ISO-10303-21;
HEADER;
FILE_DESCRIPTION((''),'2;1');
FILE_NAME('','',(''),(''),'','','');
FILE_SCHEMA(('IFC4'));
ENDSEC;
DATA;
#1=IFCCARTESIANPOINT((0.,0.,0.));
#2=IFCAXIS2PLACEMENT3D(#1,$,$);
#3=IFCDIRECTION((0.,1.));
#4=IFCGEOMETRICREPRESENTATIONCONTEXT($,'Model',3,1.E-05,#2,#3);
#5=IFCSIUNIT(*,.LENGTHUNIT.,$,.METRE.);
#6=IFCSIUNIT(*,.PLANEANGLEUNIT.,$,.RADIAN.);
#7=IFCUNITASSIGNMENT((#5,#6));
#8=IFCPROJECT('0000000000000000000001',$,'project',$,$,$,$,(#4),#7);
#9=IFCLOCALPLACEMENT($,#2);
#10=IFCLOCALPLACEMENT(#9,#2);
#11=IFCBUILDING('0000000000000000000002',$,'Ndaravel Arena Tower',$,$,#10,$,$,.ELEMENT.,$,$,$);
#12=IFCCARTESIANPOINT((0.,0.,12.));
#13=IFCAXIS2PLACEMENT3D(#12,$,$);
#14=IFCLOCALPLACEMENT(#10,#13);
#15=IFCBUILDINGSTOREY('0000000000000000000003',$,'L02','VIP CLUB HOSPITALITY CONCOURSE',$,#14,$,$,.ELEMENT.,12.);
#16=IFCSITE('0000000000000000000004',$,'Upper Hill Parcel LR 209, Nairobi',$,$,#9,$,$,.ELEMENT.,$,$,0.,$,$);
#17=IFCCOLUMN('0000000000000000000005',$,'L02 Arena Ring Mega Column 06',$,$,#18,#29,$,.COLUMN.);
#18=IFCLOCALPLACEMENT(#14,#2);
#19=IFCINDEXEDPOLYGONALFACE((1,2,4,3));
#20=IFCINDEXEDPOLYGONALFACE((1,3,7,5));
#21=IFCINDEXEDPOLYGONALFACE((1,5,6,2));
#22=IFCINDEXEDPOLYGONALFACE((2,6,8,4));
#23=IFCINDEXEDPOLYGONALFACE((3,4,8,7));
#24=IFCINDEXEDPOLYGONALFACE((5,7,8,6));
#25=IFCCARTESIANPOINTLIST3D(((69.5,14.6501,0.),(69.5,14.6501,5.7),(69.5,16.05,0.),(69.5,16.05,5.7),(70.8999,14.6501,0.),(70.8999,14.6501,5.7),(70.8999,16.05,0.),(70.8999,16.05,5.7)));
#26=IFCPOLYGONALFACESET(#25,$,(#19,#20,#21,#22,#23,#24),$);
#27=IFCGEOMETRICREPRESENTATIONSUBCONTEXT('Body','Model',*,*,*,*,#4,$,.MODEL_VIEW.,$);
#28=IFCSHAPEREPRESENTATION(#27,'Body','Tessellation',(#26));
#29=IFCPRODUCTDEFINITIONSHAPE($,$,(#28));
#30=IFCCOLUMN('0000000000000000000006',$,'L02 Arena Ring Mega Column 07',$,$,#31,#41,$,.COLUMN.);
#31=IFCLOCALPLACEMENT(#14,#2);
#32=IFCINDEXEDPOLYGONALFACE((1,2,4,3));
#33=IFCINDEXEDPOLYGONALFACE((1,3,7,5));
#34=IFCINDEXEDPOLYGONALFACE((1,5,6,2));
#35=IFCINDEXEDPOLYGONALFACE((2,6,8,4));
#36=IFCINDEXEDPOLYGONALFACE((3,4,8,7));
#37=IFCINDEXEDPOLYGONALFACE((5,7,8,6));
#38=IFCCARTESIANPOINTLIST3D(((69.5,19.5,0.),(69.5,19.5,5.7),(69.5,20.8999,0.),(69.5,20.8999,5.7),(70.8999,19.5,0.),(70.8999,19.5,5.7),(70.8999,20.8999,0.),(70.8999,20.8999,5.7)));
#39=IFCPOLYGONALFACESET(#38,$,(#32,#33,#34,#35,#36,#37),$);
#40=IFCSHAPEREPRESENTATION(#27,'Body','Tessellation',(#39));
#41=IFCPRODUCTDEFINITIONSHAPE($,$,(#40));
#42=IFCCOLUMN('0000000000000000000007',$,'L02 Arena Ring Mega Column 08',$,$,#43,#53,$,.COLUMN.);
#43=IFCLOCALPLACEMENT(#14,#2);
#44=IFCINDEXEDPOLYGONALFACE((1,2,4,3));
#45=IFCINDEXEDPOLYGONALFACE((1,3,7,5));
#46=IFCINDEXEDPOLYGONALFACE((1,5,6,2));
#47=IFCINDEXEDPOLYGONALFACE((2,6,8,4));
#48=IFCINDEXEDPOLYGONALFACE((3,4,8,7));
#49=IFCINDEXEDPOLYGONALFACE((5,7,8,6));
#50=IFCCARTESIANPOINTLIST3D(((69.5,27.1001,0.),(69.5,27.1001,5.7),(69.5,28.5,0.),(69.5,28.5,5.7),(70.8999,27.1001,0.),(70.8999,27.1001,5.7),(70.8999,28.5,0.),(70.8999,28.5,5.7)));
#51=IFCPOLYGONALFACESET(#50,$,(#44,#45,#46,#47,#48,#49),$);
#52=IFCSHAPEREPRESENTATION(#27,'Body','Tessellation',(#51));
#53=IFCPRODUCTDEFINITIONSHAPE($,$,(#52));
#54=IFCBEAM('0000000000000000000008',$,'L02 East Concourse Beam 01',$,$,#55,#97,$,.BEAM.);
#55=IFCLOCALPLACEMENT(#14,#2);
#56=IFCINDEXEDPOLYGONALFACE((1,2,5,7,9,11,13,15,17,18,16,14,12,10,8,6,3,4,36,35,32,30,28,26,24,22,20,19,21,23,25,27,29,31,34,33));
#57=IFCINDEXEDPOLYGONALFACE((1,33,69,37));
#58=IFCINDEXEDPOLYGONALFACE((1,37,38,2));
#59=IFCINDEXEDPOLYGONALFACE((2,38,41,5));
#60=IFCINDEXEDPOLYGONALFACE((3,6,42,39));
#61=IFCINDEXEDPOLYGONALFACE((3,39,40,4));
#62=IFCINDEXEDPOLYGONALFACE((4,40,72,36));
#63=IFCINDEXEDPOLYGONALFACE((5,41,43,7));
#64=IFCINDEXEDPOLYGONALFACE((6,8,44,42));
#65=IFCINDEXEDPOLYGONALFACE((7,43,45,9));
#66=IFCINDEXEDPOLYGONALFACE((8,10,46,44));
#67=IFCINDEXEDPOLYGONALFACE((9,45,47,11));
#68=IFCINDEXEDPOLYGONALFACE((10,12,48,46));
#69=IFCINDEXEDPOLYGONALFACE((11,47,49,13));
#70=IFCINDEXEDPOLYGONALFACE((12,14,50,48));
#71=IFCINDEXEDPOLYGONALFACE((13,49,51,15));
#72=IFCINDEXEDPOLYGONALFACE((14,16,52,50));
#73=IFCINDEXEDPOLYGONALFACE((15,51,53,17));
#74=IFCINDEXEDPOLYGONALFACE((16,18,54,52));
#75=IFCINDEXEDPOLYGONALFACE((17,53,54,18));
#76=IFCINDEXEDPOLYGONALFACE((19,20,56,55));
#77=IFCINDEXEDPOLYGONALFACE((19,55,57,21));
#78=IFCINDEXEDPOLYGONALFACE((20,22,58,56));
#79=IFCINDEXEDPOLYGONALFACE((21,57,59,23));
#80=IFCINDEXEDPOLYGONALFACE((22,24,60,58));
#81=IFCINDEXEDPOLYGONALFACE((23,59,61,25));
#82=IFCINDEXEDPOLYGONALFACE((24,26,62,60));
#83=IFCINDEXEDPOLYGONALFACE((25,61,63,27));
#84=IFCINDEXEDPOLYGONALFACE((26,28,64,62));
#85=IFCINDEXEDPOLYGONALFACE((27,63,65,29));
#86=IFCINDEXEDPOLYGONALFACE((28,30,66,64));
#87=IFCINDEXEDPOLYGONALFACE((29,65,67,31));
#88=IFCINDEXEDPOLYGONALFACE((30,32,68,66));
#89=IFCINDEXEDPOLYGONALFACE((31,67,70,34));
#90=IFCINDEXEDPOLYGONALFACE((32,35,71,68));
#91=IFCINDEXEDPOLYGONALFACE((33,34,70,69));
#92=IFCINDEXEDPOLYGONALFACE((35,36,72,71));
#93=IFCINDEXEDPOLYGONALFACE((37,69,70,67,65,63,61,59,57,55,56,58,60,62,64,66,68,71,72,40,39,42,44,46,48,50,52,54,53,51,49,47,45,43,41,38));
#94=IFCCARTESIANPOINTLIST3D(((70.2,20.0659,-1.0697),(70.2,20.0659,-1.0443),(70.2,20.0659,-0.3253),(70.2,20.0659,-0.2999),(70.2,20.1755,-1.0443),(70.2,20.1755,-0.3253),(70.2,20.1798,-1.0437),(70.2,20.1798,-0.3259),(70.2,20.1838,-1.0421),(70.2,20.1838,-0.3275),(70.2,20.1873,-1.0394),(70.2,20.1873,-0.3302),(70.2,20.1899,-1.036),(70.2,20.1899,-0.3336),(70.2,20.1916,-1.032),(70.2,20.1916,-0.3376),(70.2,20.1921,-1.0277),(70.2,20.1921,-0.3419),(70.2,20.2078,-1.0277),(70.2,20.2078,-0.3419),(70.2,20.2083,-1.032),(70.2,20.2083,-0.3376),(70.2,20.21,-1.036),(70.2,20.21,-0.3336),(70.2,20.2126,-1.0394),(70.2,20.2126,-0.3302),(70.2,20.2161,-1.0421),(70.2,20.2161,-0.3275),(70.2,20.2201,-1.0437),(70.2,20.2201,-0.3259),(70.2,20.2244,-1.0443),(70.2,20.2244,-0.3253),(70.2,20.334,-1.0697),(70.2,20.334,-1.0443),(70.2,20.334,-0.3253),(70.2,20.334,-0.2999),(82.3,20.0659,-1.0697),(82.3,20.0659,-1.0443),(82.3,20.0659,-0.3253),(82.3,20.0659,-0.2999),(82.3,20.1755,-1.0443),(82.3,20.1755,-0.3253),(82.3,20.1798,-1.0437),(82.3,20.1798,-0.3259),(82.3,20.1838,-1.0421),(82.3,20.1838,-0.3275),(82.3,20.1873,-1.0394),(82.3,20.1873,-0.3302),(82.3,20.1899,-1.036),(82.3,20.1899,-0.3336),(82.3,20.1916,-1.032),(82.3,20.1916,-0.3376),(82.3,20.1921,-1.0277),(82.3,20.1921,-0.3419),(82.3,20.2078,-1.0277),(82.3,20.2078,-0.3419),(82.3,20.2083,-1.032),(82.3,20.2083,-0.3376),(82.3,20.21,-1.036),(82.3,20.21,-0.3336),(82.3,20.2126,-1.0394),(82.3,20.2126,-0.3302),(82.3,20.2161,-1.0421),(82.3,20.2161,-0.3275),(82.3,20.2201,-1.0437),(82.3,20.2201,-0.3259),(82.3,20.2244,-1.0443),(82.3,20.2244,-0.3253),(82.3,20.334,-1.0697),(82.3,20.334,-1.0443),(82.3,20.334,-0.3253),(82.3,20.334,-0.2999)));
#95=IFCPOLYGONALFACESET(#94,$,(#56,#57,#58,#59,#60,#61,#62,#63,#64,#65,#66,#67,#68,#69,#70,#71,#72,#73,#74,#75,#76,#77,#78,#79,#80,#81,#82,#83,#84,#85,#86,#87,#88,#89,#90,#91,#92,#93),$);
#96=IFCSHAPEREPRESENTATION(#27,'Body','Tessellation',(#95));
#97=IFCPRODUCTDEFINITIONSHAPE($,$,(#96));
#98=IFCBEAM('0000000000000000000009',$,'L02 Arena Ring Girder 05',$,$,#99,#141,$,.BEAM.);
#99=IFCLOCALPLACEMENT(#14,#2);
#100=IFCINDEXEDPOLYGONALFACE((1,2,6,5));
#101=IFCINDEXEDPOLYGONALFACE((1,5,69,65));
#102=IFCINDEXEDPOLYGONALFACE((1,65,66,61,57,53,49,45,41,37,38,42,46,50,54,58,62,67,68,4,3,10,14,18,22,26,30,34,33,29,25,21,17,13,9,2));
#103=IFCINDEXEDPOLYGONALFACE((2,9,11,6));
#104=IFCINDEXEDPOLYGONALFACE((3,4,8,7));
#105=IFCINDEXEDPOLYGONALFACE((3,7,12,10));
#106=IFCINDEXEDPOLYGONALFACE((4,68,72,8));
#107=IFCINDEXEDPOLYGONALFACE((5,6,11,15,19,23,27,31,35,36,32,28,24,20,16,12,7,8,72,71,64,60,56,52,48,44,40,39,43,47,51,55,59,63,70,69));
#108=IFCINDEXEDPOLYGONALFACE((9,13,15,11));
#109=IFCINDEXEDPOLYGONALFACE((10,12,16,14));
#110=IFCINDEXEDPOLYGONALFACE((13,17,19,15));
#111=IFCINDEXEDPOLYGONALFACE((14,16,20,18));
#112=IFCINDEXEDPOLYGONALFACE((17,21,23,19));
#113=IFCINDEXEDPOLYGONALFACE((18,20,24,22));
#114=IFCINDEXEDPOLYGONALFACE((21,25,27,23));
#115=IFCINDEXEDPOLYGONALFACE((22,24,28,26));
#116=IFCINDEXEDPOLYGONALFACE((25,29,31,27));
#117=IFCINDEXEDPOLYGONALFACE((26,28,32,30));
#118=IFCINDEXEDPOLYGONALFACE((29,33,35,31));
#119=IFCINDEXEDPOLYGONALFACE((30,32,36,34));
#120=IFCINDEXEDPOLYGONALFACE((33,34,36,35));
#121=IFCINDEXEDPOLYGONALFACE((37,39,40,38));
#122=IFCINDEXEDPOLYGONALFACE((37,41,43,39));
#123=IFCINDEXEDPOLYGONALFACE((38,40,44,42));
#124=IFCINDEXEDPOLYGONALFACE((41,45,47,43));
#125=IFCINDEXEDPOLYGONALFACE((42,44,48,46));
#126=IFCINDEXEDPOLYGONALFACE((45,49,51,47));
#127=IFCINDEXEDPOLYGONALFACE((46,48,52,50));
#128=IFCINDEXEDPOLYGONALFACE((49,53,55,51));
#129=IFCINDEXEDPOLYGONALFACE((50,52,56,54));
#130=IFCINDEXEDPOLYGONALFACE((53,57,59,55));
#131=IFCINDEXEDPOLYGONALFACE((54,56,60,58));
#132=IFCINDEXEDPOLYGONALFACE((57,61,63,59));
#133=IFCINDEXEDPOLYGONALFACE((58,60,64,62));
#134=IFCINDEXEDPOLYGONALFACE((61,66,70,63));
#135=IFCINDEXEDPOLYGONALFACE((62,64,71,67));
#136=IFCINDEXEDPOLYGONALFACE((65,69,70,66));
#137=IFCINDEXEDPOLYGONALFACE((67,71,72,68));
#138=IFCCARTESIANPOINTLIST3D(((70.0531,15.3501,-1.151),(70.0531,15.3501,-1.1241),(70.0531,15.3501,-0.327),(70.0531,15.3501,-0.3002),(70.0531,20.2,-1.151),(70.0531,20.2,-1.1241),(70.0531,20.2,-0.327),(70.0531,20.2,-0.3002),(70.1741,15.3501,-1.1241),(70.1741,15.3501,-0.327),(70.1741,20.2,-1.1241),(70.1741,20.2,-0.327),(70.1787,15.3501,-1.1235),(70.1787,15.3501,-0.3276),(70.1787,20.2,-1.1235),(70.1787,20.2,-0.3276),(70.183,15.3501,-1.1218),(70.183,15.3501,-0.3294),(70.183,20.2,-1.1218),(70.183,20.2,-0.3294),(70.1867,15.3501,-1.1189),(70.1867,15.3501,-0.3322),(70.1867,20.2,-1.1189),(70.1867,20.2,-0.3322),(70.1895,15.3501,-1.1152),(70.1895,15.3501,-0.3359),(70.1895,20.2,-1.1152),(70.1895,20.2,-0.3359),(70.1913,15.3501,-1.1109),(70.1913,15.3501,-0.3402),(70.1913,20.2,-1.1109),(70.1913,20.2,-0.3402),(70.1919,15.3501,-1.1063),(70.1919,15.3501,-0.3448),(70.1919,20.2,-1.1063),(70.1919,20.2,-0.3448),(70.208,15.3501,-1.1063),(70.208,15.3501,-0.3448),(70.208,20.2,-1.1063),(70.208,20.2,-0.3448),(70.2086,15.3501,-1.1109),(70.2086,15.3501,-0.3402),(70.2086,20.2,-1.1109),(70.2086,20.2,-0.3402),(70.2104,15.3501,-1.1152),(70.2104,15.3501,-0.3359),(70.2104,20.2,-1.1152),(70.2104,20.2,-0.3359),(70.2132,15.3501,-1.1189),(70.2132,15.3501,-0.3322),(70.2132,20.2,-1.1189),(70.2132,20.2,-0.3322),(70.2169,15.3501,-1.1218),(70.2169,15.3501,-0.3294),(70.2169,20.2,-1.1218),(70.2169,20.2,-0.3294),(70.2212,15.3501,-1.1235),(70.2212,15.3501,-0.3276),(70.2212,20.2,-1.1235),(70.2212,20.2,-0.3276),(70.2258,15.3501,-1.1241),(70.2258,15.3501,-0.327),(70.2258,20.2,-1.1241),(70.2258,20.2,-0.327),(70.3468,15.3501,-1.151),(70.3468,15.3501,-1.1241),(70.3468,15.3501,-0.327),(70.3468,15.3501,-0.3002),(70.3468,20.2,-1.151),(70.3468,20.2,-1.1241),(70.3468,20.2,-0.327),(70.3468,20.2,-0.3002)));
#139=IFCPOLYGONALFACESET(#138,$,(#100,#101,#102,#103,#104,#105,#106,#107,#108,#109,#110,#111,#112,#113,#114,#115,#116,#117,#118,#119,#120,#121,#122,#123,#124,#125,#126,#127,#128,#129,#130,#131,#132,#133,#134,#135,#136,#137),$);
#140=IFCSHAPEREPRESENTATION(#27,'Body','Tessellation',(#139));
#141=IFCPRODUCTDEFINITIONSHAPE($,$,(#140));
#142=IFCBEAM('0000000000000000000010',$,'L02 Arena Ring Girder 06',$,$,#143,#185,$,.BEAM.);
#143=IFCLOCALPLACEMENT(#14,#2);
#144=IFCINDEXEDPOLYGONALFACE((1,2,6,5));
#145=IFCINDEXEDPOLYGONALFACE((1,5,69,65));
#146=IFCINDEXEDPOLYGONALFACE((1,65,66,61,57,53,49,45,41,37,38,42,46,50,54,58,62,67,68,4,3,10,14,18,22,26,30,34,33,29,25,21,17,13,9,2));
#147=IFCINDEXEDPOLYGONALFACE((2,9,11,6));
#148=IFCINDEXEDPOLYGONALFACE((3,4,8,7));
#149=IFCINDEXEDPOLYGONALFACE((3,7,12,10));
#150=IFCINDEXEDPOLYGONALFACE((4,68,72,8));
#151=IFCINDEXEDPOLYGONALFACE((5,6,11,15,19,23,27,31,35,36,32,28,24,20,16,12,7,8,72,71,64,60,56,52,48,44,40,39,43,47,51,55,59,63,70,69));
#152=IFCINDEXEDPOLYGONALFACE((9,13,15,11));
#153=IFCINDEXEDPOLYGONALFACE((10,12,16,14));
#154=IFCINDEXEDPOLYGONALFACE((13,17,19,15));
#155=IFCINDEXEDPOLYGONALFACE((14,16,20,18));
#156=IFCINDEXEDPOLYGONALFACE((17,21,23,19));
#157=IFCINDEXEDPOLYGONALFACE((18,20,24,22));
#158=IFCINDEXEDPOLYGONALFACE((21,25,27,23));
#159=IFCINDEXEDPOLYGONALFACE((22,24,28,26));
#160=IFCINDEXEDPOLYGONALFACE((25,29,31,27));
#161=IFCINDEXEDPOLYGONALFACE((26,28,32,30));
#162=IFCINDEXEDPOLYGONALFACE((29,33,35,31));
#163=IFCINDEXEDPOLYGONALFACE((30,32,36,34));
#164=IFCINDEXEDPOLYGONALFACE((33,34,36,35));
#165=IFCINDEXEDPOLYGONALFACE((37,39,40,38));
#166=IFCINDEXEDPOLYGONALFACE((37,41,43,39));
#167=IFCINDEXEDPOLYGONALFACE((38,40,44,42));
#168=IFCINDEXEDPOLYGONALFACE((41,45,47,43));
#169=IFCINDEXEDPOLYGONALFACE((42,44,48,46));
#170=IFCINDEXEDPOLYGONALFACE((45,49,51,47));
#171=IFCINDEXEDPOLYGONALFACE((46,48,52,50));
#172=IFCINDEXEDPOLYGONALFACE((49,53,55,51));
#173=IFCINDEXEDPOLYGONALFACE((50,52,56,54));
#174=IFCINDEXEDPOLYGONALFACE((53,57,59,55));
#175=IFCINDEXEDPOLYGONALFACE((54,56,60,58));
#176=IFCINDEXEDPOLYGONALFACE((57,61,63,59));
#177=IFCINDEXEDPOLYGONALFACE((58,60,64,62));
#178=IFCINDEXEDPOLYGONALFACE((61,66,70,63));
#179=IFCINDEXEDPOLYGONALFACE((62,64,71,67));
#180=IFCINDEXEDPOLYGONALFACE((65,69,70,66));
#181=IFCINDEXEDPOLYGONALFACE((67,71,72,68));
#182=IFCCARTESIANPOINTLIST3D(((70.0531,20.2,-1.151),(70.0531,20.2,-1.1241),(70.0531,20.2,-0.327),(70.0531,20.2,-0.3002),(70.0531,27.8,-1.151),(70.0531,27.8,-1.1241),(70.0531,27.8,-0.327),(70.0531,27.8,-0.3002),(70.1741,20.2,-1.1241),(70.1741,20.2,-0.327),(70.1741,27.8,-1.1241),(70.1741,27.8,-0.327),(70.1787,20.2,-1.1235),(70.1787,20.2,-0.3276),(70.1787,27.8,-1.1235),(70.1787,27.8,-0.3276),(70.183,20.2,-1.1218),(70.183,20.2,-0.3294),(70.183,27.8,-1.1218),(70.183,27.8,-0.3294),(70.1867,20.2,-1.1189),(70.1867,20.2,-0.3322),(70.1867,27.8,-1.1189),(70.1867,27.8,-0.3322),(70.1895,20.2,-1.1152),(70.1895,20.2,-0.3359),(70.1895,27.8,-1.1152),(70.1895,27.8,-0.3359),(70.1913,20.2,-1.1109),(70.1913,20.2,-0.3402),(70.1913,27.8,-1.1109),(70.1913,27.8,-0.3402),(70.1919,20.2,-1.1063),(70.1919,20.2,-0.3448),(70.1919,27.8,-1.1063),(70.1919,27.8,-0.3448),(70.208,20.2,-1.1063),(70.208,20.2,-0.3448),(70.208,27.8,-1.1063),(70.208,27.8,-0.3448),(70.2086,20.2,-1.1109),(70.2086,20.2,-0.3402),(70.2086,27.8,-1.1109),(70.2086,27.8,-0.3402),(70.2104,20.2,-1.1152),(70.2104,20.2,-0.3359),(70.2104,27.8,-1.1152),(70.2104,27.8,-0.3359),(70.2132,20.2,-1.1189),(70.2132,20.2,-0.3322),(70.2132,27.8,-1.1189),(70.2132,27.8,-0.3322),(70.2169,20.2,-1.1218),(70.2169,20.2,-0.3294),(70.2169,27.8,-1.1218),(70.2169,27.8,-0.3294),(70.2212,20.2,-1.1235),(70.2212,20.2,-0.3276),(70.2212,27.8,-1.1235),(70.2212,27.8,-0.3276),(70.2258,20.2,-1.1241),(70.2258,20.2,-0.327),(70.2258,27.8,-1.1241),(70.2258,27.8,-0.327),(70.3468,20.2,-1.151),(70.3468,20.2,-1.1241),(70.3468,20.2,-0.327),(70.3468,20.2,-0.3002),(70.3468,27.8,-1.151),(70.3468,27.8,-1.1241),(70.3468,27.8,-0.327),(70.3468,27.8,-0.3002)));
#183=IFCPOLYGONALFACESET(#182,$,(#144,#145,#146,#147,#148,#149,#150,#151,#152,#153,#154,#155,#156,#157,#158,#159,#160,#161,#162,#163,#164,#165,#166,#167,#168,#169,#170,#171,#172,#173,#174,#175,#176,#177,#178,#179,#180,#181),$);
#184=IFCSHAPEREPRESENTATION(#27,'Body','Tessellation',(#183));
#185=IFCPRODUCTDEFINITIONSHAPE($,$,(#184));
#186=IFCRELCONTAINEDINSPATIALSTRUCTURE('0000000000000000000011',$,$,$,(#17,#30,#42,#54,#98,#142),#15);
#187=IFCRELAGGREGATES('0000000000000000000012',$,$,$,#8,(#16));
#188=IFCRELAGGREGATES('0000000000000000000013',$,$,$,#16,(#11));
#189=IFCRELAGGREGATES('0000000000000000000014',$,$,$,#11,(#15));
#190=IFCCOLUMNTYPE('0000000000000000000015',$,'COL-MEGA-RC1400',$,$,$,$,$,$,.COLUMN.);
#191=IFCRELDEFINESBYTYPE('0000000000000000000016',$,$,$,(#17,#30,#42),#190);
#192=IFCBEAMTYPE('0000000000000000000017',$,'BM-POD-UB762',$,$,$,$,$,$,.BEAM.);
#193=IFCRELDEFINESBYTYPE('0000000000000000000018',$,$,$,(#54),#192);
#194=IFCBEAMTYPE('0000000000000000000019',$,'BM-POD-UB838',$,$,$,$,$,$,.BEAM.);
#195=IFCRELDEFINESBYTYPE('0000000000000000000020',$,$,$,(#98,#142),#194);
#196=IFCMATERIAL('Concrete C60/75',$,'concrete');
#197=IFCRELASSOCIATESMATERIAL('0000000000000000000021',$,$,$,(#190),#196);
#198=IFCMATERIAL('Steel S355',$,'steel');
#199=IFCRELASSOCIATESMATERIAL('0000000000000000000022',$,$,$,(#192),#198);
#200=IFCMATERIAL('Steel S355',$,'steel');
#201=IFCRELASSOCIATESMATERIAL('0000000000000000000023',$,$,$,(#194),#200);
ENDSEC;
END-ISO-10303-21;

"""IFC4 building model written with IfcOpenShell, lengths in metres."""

from ifc_helpers import new_model, si_unit, direction, frame, origin, origin_2d, place, context, subcontext, project, spatial, rectangle, i_section, extrude, material, material_profile, profile_set, type_object, element, save


model = new_model("IFC4")

# Units and contexts
model_context = context("Model", 3, precision=1e-05, world=origin(), true_north=direction((0.0, 1.0)))
body_context = subcontext(model_context, "Body", "Model", "MODEL_VIEW")
ifc_project = project(units=[si_unit("LENGTHUNIT", "METRE"), si_unit("PLANEANGLEUNIT", "RADIAN")], contexts=[model_context])

# Site, building, storey
site_placement = place(None, origin())
site = spatial("IfcSite", under=ifc_project, at=site_placement, Name="Upper Hill Parcel LR 209, Nairobi", CompositionType="ELEMENT", RefElevation=0.0)
building_placement = place(site_placement, origin())
building = spatial("IfcBuilding", under=site, at=building_placement, Name="Ndaravel Arena Tower", CompositionType="ELEMENT")
storey_placement = place(building_placement, frame((0.0, 0.0, 12.0)))
storey = spatial("IfcBuildingStorey", under=building, at=storey_placement, Name="L02", Description="VIP CLUB HOSPITALITY CONCOURSE", CompositionType="ELEMENT", Elevation=12.0)

# Columns
ifc_material_1 = material(Name="Concrete C60/75", Category="concrete")
ifc_material_profile_1 = material_profile(ifc_material_1, rectangle(XDim=1.3999, YDim=1.3999, at=origin_2d()), Name="RC 1400x1400")
ifc_profile_set_1 = profile_set([ifc_material_profile_1], Name="Concrete C60/75")
column_type = type_object("IfcColumnType", Name="COL-MEGA-RC1400", PredefinedType="COLUMN", material=ifc_profile_set_1)
for number, where, z_axis, x_axis, name in (
    (1, (70.2, 15.3501, 0.0), (0.0, 0.0, 1.0), (1.0, 0.0, 0.0), "L02 Arena Ring Mega Column 06"),
    (2, (70.2, 20.2, 0.0), (0.0, 0.0, 1.0), (1.0, 0.0, 0.0), "L02 Arena Ring Mega Column 07"),
    (3, (70.2, 27.8, 0.0), (0.0, 0.0, 1.0), (1.0, 0.0, 0.0), "L02 Arena Ring Mega Column 08"),
):
    element("IfcColumn", number, at=place(storey_placement, frame(where, z_axis=z_axis, x_axis=x_axis)), inside=storey, type_object=column_type, Name=name, PredefinedType="COLUMN", context=body_context, shape_type="SweptSolid", body=[
        extrude(rectangle(XDim=1.3999, YDim=1.3999, at=origin_2d()), origin(), (0.0, 0.0, 1.0), 5.7),
    ])

# Beams
ifc_material_2 = material(Name="Steel S355", Category="steel")
ifc_material_profile_2 = material_profile(ifc_material_2, i_section(OverallWidth=0.2681, OverallDepth=0.7698, WebThickness=0.0156, FlangeThickness=0.0254, FilletRadius=0.0166, at=origin_2d()), Name="UB 762x267x197")
ifc_profile_set_2 = profile_set([ifc_material_profile_2], Name="Steel S355")
beam_type_1 = type_object("IfcBeamType", Name="BM-POD-UB762", PredefinedType="BEAM", material=ifc_profile_set_2)
beam_1_placement = place(storey_placement, frame((70.2, 20.2, -0.6848), z_axis=(1.0, 0.0, 0.0), x_axis=(0.0, 1.0, 0.0)))
element("IfcBeam", 4, at=beam_1_placement, inside=storey, type_object=beam_type_1, Name="L02 East Concourse Beam 01", PredefinedType="BEAM", context=body_context, shape_type="SweptSolid", body=[
    extrude(i_section(OverallWidth=0.2681, OverallDepth=0.7698, WebThickness=0.0156, FlangeThickness=0.0254, FilletRadius=0.0166, at=origin_2d()), origin(), (0.0, 0.0, 1.0), 12.1001),
])
ifc_material_3 = material(Name="Steel S355", Category="steel")
ifc_material_profile_3 = material_profile(ifc_material_3, i_section(OverallWidth=0.2937, OverallDepth=0.8508, WebThickness=0.0161, FlangeThickness=0.0269, FilletRadius=0.0178, at=origin_2d()), Name="UB 838x292x226")
ifc_profile_set_3 = profile_set([ifc_material_profile_3], Name="Steel S355")
beam_type_2 = type_object("IfcBeamType", Name="BM-POD-UB838", PredefinedType="BEAM", material=ifc_profile_set_3)
beam_2_placement = place(storey_placement, frame((70.2, 15.3501, -0.7256), z_axis=(0.0, 1.0, 0.0), x_axis=(-1.0, 0.0, 0.0)))
element("IfcBeam", 5, at=beam_2_placement, inside=storey, type_object=beam_type_2, Name="L02 Arena Ring Girder 05", PredefinedType="BEAM", context=body_context, shape_type="SweptSolid", body=[
    extrude(i_section(OverallWidth=0.2937, OverallDepth=0.8508, WebThickness=0.0161, FlangeThickness=0.0269, FilletRadius=0.0178, at=origin_2d()), origin(), (0.0, 0.0, 1.0), 4.8499),
])
beam_3_placement = place(storey_placement, frame((70.2, 20.2, -0.7256), z_axis=(0.0, 1.0, 0.0), x_axis=(-1.0, 0.0, 0.0)))
element("IfcBeam", 6, at=beam_3_placement, inside=storey, type_object=beam_type_2, Name="L02 Arena Ring Girder 06", PredefinedType="BEAM", context=body_context, shape_type="SweptSolid", body=[
    extrude(i_section(OverallWidth=0.2937, OverallDepth=0.8508, WebThickness=0.0161, FlangeThickness=0.0269, FilletRadius=0.0178, at=origin_2d()), origin(), (0.0, 0.0, 1.0), 7.6001),
])

save(model, "model.ifc")
